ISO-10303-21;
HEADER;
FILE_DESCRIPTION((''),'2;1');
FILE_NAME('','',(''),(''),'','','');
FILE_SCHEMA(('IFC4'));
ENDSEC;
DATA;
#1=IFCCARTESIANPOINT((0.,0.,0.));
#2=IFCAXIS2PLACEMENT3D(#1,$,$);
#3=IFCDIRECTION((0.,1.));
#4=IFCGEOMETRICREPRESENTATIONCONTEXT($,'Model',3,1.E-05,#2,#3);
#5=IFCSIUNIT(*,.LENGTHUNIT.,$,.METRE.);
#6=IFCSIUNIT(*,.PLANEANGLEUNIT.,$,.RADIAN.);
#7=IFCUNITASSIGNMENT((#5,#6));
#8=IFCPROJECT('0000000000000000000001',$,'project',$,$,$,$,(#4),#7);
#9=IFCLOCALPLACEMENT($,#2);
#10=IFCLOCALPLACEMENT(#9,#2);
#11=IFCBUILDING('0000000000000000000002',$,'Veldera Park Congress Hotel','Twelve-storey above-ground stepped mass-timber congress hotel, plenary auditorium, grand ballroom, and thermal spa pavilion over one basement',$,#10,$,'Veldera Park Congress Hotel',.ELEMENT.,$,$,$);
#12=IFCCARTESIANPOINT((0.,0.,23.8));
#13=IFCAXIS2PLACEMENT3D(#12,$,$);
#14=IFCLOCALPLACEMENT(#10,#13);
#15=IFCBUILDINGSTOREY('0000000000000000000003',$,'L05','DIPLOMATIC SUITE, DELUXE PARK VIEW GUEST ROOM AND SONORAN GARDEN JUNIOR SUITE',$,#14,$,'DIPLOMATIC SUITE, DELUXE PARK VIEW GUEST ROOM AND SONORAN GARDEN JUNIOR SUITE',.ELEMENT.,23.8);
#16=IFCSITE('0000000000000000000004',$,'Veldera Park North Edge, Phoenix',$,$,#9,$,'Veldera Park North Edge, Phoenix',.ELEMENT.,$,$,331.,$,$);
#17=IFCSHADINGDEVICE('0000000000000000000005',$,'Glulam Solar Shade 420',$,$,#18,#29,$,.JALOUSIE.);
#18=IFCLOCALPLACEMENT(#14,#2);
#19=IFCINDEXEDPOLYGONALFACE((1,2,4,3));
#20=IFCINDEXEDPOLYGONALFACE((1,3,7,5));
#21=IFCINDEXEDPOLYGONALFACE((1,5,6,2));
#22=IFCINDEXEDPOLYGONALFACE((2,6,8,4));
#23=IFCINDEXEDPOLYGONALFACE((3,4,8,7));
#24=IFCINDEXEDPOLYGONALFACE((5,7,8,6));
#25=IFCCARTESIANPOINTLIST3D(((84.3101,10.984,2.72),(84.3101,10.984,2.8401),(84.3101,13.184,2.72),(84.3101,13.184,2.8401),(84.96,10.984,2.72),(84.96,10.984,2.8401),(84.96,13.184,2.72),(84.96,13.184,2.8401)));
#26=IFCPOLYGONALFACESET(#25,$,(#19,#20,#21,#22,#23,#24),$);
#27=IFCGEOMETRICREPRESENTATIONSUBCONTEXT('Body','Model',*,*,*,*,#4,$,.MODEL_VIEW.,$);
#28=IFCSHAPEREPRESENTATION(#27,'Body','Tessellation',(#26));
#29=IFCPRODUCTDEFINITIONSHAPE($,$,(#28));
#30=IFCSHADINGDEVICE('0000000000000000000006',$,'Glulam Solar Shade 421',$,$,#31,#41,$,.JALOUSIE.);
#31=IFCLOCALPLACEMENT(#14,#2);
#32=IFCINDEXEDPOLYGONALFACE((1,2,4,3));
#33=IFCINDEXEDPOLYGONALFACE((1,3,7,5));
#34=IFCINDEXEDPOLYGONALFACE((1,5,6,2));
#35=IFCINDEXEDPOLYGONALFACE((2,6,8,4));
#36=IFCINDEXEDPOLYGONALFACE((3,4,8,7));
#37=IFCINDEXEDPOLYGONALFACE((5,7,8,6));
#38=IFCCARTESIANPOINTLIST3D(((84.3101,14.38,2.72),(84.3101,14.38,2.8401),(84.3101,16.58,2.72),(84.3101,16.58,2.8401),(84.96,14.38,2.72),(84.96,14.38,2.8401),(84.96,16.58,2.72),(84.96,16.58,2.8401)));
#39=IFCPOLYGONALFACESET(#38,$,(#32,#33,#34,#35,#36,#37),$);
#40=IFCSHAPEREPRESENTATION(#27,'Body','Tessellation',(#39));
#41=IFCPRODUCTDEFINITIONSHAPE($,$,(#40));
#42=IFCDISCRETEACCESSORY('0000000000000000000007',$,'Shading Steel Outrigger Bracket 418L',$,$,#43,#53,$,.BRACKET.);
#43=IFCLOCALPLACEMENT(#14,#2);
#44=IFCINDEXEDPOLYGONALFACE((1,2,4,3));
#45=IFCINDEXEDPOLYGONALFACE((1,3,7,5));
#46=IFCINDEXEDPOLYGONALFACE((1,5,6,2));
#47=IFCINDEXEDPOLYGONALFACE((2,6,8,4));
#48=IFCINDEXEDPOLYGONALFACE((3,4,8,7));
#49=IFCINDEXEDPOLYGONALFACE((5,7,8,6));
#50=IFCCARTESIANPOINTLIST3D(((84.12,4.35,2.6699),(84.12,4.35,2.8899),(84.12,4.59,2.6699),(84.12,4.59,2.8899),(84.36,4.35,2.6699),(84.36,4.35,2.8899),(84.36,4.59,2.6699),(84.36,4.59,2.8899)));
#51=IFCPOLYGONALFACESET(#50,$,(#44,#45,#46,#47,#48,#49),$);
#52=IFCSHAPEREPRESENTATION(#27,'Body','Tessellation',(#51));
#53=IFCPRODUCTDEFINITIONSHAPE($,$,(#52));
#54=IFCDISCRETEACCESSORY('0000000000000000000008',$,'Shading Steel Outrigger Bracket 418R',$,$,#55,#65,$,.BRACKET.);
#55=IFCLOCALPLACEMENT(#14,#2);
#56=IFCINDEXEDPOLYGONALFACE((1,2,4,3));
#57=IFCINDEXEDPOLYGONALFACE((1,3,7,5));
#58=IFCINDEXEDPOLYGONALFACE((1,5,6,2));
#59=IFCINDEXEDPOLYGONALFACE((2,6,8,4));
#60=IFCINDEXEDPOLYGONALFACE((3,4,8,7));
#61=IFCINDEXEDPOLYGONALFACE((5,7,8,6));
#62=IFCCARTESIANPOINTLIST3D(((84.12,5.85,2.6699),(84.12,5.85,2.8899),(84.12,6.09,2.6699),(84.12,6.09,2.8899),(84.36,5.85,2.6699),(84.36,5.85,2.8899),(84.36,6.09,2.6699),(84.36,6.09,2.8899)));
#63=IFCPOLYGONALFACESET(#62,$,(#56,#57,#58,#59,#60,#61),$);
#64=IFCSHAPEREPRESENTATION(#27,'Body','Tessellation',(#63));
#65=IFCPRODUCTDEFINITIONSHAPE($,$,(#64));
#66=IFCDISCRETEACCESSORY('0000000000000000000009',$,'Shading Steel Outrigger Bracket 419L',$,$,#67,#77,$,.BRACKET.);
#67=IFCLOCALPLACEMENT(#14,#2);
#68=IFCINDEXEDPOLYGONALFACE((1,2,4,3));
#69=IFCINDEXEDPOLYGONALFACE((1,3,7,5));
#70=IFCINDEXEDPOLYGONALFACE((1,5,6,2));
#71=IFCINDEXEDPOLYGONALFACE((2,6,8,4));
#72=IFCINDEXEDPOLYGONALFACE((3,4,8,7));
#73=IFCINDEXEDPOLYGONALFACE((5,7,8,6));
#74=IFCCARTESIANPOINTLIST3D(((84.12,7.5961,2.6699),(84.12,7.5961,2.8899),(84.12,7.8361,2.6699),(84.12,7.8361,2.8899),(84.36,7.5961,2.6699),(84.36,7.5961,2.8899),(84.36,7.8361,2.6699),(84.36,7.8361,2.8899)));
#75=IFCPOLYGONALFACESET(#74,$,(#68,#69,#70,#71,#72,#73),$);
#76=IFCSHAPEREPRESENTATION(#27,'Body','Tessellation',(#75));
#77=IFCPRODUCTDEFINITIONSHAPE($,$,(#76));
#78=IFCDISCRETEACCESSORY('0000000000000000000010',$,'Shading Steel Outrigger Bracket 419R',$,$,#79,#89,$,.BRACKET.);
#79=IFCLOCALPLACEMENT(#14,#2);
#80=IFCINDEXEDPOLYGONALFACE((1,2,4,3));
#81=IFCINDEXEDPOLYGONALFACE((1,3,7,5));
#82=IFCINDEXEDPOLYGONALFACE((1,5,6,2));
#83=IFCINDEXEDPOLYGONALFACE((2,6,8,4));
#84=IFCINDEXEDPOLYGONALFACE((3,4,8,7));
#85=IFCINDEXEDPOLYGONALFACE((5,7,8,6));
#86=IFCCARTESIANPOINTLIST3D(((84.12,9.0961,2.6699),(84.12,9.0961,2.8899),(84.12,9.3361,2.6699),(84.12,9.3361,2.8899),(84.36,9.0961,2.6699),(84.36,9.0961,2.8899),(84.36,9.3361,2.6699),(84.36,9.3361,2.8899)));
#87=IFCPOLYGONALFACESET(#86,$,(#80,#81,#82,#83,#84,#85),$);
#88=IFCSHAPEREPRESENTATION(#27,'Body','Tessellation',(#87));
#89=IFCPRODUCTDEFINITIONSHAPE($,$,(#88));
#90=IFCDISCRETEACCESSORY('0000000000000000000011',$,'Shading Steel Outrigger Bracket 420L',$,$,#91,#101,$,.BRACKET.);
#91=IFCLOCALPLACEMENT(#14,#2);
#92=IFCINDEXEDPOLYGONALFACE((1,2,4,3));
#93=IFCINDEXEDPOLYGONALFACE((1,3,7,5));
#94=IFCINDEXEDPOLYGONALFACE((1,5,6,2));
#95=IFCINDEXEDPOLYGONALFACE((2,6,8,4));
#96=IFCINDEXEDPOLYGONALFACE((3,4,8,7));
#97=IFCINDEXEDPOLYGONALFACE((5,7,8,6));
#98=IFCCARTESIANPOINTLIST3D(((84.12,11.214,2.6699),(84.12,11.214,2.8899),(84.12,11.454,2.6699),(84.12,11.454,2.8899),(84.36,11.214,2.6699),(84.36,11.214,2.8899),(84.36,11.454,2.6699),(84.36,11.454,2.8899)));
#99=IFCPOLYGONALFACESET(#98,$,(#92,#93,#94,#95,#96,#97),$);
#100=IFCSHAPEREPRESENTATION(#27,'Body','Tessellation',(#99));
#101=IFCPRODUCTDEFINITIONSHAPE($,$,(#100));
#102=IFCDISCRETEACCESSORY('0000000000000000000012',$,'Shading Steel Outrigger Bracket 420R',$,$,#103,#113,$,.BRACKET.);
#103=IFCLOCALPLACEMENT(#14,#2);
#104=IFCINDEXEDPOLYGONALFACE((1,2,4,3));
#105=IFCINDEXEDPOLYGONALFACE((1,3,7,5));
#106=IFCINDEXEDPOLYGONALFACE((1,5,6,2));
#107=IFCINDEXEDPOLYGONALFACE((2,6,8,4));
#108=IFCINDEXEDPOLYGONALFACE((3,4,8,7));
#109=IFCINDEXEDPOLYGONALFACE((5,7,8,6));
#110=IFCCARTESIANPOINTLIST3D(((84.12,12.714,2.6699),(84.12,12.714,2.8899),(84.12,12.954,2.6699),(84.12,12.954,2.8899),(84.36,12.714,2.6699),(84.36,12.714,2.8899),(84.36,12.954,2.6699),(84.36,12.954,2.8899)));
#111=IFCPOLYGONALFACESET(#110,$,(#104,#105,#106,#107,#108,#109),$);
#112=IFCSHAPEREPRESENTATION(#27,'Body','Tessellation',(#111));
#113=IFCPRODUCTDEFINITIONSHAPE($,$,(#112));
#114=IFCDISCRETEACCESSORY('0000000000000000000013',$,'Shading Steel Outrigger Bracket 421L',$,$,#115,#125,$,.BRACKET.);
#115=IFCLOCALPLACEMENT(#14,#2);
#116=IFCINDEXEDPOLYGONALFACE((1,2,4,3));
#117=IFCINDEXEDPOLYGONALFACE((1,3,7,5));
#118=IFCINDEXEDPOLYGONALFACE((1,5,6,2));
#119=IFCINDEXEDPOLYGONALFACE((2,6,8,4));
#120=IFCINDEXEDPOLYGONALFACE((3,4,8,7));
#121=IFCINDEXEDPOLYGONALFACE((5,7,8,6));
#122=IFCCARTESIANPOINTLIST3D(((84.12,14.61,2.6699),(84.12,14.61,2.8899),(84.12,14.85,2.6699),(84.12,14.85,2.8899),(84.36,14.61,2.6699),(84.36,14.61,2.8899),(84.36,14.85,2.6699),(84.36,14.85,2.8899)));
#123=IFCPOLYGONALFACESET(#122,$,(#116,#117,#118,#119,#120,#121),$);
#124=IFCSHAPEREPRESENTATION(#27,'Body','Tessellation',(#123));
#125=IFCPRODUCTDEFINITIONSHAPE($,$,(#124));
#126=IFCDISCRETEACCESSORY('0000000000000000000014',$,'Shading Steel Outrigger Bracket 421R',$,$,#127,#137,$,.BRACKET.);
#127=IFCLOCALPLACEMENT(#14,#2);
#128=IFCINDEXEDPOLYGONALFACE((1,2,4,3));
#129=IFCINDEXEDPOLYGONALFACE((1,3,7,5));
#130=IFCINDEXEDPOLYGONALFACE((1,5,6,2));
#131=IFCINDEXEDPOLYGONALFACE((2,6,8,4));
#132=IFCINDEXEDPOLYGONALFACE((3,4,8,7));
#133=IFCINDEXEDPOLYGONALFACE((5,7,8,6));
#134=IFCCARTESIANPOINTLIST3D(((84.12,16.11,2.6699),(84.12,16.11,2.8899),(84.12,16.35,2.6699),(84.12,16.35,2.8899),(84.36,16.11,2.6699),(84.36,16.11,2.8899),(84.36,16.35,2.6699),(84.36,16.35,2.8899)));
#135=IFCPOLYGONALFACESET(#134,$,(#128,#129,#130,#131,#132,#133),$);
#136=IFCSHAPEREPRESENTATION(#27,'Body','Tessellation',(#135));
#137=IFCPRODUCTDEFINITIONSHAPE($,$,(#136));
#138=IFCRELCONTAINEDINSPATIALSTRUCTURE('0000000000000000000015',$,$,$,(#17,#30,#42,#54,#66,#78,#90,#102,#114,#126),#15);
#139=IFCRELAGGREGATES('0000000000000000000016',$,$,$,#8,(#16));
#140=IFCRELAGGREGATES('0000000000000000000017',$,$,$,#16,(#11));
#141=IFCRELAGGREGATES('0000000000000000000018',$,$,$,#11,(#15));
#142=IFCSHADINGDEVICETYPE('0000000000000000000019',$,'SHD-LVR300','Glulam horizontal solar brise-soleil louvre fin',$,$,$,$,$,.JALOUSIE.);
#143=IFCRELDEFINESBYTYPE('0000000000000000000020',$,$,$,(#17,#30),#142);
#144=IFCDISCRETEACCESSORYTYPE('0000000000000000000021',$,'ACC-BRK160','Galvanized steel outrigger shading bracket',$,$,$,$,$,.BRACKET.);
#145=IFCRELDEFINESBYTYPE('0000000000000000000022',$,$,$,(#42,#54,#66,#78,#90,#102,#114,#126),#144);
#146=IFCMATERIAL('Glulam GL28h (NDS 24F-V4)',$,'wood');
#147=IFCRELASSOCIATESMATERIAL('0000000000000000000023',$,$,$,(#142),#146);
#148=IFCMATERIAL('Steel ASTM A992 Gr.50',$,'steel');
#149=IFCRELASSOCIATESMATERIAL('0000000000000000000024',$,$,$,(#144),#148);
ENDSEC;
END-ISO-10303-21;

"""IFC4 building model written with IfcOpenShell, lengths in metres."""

from ifc_helpers import new_model, si_unit, direction, frame, origin, origin_2d, place, context, subcontext, project, spatial, rectangle, extrude, material, type_object, element, save


model = new_model("IFC4")

# Units and contexts
model_context = context("Model", 3, precision=1e-05, world=origin(), true_north=direction((0.0, 1.0)))
body_context = subcontext(model_context, "Body", "Model", "MODEL_VIEW")
ifc_project = project(units=[si_unit("LENGTHUNIT", "METRE"), si_unit("PLANEANGLEUNIT", "RADIAN")], contexts=[model_context])

# Site, building, storey
site_placement = place(None, origin())
site = spatial("IfcSite", under=ifc_project, at=site_placement, Name="Veldera Park North Edge, Phoenix", LongName="Veldera Park North Edge, Phoenix", CompositionType="ELEMENT", RefElevation=331.0)
building_placement = place(site_placement, origin())
building = spatial("IfcBuilding", under=site, at=building_placement, Name="Veldera Park Congress Hotel", Description="Twelve-storey above-ground stepped mass-timber congress hotel, plenary auditorium, grand ballroom, and thermal spa pavilion over one basement", LongName="Veldera Park Congress Hotel", CompositionType="ELEMENT")
storey_placement = place(building_placement, frame((0.0, 0.0, 23.8)))
storey = spatial("IfcBuildingStorey", under=building, at=storey_placement, Name="L05", Description="DIPLOMATIC SUITE, DELUXE PARK VIEW GUEST ROOM AND SONORAN GARDEN JUNIOR SUITE", LongName="DIPLOMATIC SUITE, DELUXE PARK VIEW GUEST ROOM AND SONORAN GARDEN JUNIOR SUITE", CompositionType="ELEMENT", Elevation=23.8)

# Shared definitions
ifc_material_1 = material(Name="Glulam GL28h (NDS 24F-V4)", Category="wood")

# Shading devices
shading_device_type = type_object("IfcShadingDeviceType", Name="SHD-LVR300", Description="Glulam horizontal solar brise-soleil louvre fin", PredefinedType="JALOUSIE", material=ifc_material_1)
for number, where, z_axis, x_axis, name in (
    (1, (84.635, 12.084, 2.72), (0.0, 0.0, 1.0), (0.0, 1.0, 0.0), "Glulam Solar Shade 420"),
    (2, (84.635, 15.48, 2.72), (0.0, 0.0, 1.0), (0.0, 1.0, 0.0), "Glulam Solar Shade 421"),
):
    element("IfcShadingDevice", number, at=place(storey_placement, frame(where, z_axis=z_axis, x_axis=x_axis)), inside=storey, type_object=shading_device_type, Name=name, PredefinedType="JALOUSIE", context=body_context, shape_type="SweptSolid", body=[
        extrude(rectangle(XDim=2.2, YDim=0.6499, at=origin_2d()), origin(), (0.0, 0.0, 1.0), 0.1201),
    ])

# Discrete accessories
ifc_material_2 = material(Name="Steel ASTM A992 Gr.50", Category="steel")
discrete_accessory_type = type_object("IfcDiscreteAccessoryType", Name="ACC-BRK160", Description="Galvanized steel outrigger shading bracket", PredefinedType="BRACKET", material=ifc_material_2)
for number, where, z_axis, x_axis, name in (
    (3, (84.24, 4.47, 2.6699), (0.0, 0.0, 1.0), (0.0, 1.0, 0.0), "Shading Steel Outrigger Bracket 418L"),
    (4, (84.24, 5.97, 2.6699), (0.0, 0.0, 1.0), (0.0, 1.0, 0.0), "Shading Steel Outrigger Bracket 418R"),
    (5, (84.24, 7.7161, 2.6699), (0.0, 0.0, 1.0), (0.0, 1.0, 0.0), "Shading Steel Outrigger Bracket 419L"),
    (6, (84.24, 9.2161, 2.6699), (0.0, 0.0, 1.0), (0.0, 1.0, 0.0), "Shading Steel Outrigger Bracket 419R"),
    (7, (84.24, 11.334, 2.6699), (0.0, 0.0, 1.0), (0.0, 1.0, 0.0), "Shading Steel Outrigger Bracket 420L"),
    (8, (84.24, 12.834, 2.6699), (0.0, 0.0, 1.0), (0.0, 1.0, 0.0), "Shading Steel Outrigger Bracket 420R"),
    (9, (84.24, 14.73, 2.6699), (0.0, 0.0, 1.0), (0.0, 1.0, 0.0), "Shading Steel Outrigger Bracket 421L"),
    (10, (84.24, 16.23, 2.6699), (0.0, 0.0, 1.0), (0.0, 1.0, 0.0), "Shading Steel Outrigger Bracket 421R"),
):
    element("IfcDiscreteAccessory", number, at=place(storey_placement, frame(where, z_axis=z_axis, x_axis=x_axis)), inside=storey, type_object=discrete_accessory_type, Name=name, PredefinedType="BRACKET", context=body_context, shape_type="SweptSolid", body=[
        extrude(rectangle(XDim=0.24, YDim=0.24, at=origin_2d()), origin(), (0.0, 0.0, 1.0), 0.22),
    ])

save(model, "model.ifc")
